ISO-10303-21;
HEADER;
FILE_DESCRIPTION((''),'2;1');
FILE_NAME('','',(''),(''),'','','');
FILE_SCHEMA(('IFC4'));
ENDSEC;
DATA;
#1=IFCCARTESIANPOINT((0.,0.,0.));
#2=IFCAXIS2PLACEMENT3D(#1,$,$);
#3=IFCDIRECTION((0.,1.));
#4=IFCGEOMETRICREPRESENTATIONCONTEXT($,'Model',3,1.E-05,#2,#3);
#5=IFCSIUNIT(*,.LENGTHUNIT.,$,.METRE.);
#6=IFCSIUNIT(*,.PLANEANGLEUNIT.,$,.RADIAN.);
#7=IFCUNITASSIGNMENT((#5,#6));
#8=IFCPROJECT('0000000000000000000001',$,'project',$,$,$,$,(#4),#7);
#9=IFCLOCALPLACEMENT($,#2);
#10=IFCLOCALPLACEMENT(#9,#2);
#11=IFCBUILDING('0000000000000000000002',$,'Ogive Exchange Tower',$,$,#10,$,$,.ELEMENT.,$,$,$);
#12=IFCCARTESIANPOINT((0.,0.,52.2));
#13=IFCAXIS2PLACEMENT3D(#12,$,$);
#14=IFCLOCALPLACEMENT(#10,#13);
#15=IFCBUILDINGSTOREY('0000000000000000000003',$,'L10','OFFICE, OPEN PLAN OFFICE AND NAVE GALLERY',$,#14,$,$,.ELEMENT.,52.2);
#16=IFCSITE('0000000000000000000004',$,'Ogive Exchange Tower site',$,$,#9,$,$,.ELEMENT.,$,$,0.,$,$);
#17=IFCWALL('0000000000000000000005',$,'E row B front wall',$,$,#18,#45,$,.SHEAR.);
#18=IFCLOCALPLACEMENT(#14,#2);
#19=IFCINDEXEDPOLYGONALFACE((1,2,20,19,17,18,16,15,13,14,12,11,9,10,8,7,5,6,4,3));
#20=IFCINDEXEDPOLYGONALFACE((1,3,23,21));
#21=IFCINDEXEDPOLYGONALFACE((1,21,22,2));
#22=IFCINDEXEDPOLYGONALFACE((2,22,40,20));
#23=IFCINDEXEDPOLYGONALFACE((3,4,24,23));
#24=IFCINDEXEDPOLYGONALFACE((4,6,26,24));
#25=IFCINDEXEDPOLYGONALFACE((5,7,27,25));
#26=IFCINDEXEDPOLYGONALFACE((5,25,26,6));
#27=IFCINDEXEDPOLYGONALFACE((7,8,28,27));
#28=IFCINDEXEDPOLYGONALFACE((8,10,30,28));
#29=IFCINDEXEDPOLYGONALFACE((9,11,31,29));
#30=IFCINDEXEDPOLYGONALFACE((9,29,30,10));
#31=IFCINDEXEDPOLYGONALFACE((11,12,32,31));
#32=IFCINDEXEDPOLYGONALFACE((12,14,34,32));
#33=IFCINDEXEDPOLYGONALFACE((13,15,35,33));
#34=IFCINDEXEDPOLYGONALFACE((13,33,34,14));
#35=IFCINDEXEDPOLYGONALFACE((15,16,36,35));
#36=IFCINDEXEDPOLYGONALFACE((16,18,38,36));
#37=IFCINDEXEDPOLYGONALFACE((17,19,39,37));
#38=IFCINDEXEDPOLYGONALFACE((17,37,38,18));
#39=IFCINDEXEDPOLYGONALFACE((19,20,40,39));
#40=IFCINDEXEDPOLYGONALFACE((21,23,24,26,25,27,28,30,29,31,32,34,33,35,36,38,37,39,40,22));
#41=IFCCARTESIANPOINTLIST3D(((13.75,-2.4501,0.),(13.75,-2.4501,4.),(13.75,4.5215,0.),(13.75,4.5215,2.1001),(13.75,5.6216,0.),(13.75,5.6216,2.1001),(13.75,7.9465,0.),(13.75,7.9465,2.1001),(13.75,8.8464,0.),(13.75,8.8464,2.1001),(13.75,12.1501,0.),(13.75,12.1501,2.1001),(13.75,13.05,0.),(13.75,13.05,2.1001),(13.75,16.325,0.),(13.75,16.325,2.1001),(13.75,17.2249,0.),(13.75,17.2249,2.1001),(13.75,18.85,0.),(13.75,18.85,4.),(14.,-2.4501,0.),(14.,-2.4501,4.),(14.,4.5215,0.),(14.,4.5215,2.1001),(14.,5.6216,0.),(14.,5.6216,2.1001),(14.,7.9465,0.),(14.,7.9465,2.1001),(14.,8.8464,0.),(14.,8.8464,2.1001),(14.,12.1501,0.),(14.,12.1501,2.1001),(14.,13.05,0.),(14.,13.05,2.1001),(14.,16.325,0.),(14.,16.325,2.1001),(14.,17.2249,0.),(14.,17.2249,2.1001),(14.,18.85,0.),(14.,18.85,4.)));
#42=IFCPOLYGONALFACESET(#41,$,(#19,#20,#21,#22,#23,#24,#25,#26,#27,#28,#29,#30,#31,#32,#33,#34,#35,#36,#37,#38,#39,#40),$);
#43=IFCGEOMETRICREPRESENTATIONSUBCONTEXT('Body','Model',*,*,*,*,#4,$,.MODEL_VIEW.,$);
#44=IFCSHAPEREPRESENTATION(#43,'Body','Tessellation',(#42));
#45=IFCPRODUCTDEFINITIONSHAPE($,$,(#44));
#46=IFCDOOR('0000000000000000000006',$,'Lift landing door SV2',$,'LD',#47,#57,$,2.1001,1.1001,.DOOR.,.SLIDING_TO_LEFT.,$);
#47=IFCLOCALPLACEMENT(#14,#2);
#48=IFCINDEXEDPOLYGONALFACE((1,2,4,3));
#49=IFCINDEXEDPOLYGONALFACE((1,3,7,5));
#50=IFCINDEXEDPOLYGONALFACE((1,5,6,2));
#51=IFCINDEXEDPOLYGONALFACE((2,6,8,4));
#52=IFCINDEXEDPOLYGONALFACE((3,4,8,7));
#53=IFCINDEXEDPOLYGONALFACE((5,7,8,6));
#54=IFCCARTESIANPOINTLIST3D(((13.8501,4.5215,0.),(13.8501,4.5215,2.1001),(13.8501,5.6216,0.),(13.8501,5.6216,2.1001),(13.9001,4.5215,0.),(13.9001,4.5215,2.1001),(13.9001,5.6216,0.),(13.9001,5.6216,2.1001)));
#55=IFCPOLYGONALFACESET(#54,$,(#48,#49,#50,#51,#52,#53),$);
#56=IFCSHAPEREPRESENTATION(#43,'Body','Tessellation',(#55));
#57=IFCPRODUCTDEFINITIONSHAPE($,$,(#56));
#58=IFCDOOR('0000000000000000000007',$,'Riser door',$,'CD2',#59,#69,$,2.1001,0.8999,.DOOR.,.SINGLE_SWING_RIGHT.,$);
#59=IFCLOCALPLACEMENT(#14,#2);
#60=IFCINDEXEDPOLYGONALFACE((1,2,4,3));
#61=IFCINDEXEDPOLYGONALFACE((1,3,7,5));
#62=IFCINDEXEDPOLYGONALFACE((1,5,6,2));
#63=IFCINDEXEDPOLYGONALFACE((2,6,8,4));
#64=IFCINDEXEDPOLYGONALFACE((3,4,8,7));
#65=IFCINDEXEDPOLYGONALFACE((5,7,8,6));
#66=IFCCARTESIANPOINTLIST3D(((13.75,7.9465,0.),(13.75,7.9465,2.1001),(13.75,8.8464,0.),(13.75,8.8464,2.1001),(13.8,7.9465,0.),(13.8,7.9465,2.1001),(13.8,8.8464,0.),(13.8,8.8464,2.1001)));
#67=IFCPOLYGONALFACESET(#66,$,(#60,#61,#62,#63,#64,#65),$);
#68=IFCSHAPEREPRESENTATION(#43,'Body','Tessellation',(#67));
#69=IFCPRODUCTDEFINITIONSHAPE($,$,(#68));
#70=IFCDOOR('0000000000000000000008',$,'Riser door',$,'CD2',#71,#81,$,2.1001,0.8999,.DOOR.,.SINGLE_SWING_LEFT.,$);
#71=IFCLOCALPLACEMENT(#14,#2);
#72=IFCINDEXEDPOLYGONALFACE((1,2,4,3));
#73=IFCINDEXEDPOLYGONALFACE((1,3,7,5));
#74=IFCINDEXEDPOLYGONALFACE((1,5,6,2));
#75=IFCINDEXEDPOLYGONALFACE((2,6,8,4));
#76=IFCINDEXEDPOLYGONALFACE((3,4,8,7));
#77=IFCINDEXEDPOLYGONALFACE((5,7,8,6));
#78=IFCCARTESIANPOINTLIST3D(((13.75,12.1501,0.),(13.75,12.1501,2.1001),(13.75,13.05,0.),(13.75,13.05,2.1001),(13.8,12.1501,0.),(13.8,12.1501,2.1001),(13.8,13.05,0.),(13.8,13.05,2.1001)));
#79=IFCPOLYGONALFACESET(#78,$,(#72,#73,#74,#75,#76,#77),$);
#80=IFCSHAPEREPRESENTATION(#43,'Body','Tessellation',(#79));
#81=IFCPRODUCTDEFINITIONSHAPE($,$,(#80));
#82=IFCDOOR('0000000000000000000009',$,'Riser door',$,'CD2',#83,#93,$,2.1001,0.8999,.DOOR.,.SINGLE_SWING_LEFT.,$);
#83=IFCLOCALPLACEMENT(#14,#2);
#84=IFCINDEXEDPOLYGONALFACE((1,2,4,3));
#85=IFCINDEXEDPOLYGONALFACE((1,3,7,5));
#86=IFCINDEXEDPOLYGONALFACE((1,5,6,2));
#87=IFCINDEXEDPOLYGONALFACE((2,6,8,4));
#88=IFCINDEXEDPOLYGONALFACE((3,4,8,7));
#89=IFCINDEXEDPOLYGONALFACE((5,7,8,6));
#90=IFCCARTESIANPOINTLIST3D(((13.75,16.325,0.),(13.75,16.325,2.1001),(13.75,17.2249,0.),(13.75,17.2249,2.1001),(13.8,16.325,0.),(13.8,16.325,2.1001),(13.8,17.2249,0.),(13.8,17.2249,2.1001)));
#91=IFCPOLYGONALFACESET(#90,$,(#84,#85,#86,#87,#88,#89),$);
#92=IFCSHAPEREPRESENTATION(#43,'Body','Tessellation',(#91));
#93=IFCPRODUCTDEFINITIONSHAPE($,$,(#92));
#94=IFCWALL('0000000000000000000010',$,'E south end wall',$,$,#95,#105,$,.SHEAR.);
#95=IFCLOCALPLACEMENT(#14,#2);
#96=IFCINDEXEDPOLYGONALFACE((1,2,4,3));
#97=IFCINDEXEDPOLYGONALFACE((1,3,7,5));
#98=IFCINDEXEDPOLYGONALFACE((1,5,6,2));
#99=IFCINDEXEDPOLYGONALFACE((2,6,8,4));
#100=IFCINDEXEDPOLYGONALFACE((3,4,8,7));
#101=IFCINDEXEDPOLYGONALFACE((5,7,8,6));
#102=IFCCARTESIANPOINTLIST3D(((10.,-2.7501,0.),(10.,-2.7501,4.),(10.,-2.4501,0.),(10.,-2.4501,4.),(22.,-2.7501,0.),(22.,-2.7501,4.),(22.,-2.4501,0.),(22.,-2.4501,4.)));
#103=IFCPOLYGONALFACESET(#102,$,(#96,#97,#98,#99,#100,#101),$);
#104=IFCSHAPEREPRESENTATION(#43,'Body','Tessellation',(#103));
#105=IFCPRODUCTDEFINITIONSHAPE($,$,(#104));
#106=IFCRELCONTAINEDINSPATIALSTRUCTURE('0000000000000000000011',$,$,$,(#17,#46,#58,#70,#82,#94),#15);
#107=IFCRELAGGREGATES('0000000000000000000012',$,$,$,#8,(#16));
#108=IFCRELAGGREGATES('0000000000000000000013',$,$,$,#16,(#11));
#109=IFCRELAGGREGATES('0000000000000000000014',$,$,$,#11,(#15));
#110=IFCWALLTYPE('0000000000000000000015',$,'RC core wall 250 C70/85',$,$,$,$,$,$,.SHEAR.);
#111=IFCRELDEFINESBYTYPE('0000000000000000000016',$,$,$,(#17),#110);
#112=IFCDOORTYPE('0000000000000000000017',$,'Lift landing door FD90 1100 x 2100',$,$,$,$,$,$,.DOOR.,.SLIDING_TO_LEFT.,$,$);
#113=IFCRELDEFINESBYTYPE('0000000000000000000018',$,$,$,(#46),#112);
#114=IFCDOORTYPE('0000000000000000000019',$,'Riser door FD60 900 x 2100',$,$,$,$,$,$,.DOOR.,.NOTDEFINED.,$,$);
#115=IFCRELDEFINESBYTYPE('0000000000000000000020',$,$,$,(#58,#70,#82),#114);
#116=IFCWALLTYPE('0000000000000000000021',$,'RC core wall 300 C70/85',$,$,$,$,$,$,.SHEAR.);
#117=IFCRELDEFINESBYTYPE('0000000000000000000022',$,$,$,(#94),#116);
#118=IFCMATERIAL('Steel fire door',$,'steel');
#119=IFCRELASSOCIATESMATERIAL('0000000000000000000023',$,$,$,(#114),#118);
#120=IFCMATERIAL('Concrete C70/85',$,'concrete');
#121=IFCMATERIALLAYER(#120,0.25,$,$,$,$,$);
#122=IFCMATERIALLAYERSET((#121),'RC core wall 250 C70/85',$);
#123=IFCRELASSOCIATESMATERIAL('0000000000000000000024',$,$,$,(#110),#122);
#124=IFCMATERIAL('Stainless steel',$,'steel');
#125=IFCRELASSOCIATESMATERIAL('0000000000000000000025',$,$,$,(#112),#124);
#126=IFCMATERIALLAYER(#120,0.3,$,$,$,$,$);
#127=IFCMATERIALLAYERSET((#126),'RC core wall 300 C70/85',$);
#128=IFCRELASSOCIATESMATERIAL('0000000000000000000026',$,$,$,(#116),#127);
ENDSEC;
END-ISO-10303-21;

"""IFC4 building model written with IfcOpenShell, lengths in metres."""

from ifc_helpers import new_model, si_unit, direction, frame, frame_2d, origin, place, context, subcontext, project, spatial, rectangle, extrude, material, layer, layer_set, type_object, element, fill, save


model = new_model("IFC4")

# Units and contexts
model_context = context("Model", 3, precision=1e-05, world=origin(), true_north=direction((0.0, 1.0)))
body_context = subcontext(model_context, "Body", "Model", "MODEL_VIEW")
ifc_project = project(units=[si_unit("LENGTHUNIT", "METRE"), si_unit("PLANEANGLEUNIT", "RADIAN")], contexts=[model_context])

# Site, building, storey
site_placement = place(None, origin())
site = spatial("IfcSite", under=ifc_project, at=site_placement, Name="Ogive Exchange Tower site", CompositionType="ELEMENT", RefElevation=0.0)
building_placement = place(site_placement, origin())
building = spatial("IfcBuilding", under=site, at=building_placement, Name="Ogive Exchange Tower", CompositionType="ELEMENT")
storey_placement = place(building_placement, frame((0.0, 0.0, 52.2)))
storey = spatial("IfcBuildingStorey", under=building, at=storey_placement, Name="L10", Description="OFFICE, OPEN PLAN OFFICE AND NAVE GALLERY", CompositionType="ELEMENT", Elevation=52.2)

# Shared definitions
ifc_material_1 = material(Name="Concrete C70/85", Category="concrete")

# Shared definitions
ifc_material_2 = material(Name="Steel fire door", Category="steel")
door_type_1 = type_object("IfcDoorType", Name="Riser door FD60 900 x 2100", OperationType="NOTDEFINED", PredefinedType="DOOR", material=ifc_material_2)

# Shared definitions
ifc_layer_1 = layer(ifc_material_1, 0.25)
ifc_layer_set_1 = layer_set([ifc_layer_1], Name="RC core wall 250 C70/85")
wall_type_1 = type_object("IfcWallType", Name="RC core wall 250 C70/85", PredefinedType="SHEAR", material=ifc_layer_set_1)

# Wall, openings, doors
wall_1_placement = place(storey_placement, frame((13.875, -2.45, 0.0), z_axis=(0.0, 0.0, 1.0), x_axis=(0.0, 1.0, 0.0)))
wall_1 = element("IfcWall", 1, at=wall_1_placement, inside=storey, type_object=wall_type_1, Name="E row B front wall", PredefinedType="SHEAR", context=body_context, shape_type="SweptSolid", body=[
    extrude(rectangle(XDim=21.3, YDim=0.25, at=frame_2d((10.6499, 0.0))), origin(), (0.0, 0.0, 1.0), 4.0),
])
opening_1_placement = place(wall_1_placement, frame((10.3965, 0.0, 0.0)))
opening_1 = element("IfcOpeningElement", 2, at=opening_1_placement, cuts=wall_1, PredefinedType="OPENING", context=body_context, shape_type="SweptSolid", body=[
    extrude(rectangle(XDim=0.8999, YDim=2.1001, at=frame_2d((0.45, 1.05))), frame((0.0, 0.135, 0.0), z_axis=(0.0, -1.0, 0.0), x_axis=(1.0, 0.0, 0.0)), (0.0, 0.0, 1.0), 0.27),
])
opening_2_placement = place(wall_1_placement, frame((14.6001, 0.0, 0.0)))
opening_2 = element("IfcOpeningElement", 3, at=opening_2_placement, cuts=wall_1, PredefinedType="OPENING", context=body_context, shape_type="SweptSolid", body=[
    extrude(rectangle(XDim=0.8999, YDim=2.1001, at=frame_2d((0.45, 1.05))), frame((0.0, 0.135, 0.0), z_axis=(0.0, -1.0, 0.0), x_axis=(1.0, 0.0, 0.0)), (0.0, 0.0, 1.0), 0.27),
])
opening_3_placement = place(wall_1_placement, frame((18.7749, 0.0, 0.0)))
opening_3 = element("IfcOpeningElement", 4, at=opening_3_placement, cuts=wall_1, PredefinedType="OPENING", context=body_context, shape_type="SweptSolid", body=[
    extrude(rectangle(XDim=0.8999, YDim=2.1001, at=frame_2d((0.45, 1.05))), frame((0.0, 0.135, 0.0), z_axis=(0.0, -1.0, 0.0), x_axis=(1.0, 0.0, 0.0)), (0.0, 0.0, 1.0), 0.27),
])
opening_4_placement = place(wall_1_placement, frame((6.9714, 0.0, 0.0)))
opening_4 = element("IfcOpeningElement", 5, at=opening_4_placement, cuts=wall_1, PredefinedType="OPENING", context=body_context, shape_type="SweptSolid", body=[
    extrude(rectangle(XDim=1.1001, YDim=2.1001, at=frame_2d((0.55, 1.05))), frame((0.0, 0.135, 0.0), z_axis=(0.0, -1.0, 0.0), x_axis=(1.0, 0.0, 0.0)), (0.0, 0.0, 1.0), 0.27),
])
ifc_material_3 = material(Name="Stainless steel", Category="steel")
door_type_2 = type_object("IfcDoorType", Name="Lift landing door FD90 1100 x 2100", OperationType="SLIDING_TO_LEFT", PredefinedType="DOOR", material=ifc_material_3)
door_1_placement = place(opening_4_placement, origin())
door_1 = element("IfcDoor", 6, at=door_1_placement, inside=storey, type_object=door_type_2, Name="Lift landing door SV2", ObjectType="LD", OperationType="SLIDING_TO_LEFT", OverallHeight=2.1001, OverallWidth=1.1001, PredefinedType="DOOR", context=body_context, shape_type="SweptSolid", body=[
    extrude(rectangle(XDim=1.1001, YDim=2.1001, at=frame_2d((0.55, 1.05))), frame((0.0, 0.0249, 0.0), z_axis=(0.0, -1.0, 0.0), x_axis=(1.0, 0.0, 0.0)), (0.0, 0.0, 1.0), 0.05),
])
fill(opening_4, door_1)
door_2_placement = place(opening_1_placement, origin())
door_2 = element("IfcDoor", 7, at=door_2_placement, inside=storey, type_object=door_type_1, Name="Riser door", ObjectType="CD2", OperationType="SINGLE_SWING_RIGHT", OverallHeight=2.1001, OverallWidth=0.8999, PredefinedType="DOOR", context=body_context, shape_type="SweptSolid", body=[
    extrude(rectangle(XDim=0.8999, YDim=2.1001, at=frame_2d((0.45, 1.05))), frame((0.0, 0.125, 0.0), z_axis=(0.0, -1.0, 0.0), x_axis=(1.0, 0.0, 0.0)), (0.0, 0.0, 1.0), 0.05),
])
fill(opening_1, door_2)
door_3_placement = place(opening_2_placement, origin())
door_3 = element("IfcDoor", 8, at=door_3_placement, inside=storey, type_object=door_type_1, Name="Riser door", ObjectType="CD2", OperationType="SINGLE_SWING_LEFT", OverallHeight=2.1001, OverallWidth=0.8999, PredefinedType="DOOR", context=body_context, shape_type="SweptSolid", body=[
    extrude(rectangle(XDim=0.8999, YDim=2.1001, at=frame_2d((0.45, 1.05))), frame((0.0, 0.125, 0.0), z_axis=(0.0, -1.0, 0.0), x_axis=(1.0, 0.0, 0.0)), (0.0, 0.0, 1.0), 0.05),
])
fill(opening_2, door_3)
door_4_placement = place(opening_3_placement, origin())
door_4 = element("IfcDoor", 9, at=door_4_placement, inside=storey, type_object=door_type_1, Name="Riser door", ObjectType="CD2", OperationType="SINGLE_SWING_LEFT", OverallHeight=2.1001, OverallWidth=0.8999, PredefinedType="DOOR", context=body_context, shape_type="SweptSolid", body=[
    extrude(rectangle(XDim=0.8999, YDim=2.1001, at=frame_2d((0.45, 1.05))), frame((0.0, 0.125, 0.0), z_axis=(0.0, -1.0, 0.0), x_axis=(1.0, 0.0, 0.0)), (0.0, 0.0, 1.0), 0.05),
])
fill(opening_3, door_4)

# Wall
ifc_layer_2 = layer(ifc_material_1, 0.3)
ifc_layer_set_2 = layer_set([ifc_layer_2], Name="RC core wall 300 C70/85")
wall_type_2 = type_object("IfcWallType", Name="RC core wall 300 C70/85", PredefinedType="SHEAR", material=ifc_layer_set_2)
wall_2_placement = place(storey_placement, frame((10.0, -2.6001, 0.0), z_axis=(0.0, 0.0, 1.0), x_axis=(1.0, 0.0, 0.0)))
element("IfcWall", 10, at=wall_2_placement, inside=storey, type_object=wall_type_2, Name="E south end wall", PredefinedType="SHEAR", context=body_context, shape_type="SweptSolid", body=[
    extrude(rectangle(XDim=12.0, YDim=0.3, at=frame_2d((6.0, 0.0))), origin(), (0.0, 0.0, 1.0), 4.0),
])

save(model, "model.ifc")
